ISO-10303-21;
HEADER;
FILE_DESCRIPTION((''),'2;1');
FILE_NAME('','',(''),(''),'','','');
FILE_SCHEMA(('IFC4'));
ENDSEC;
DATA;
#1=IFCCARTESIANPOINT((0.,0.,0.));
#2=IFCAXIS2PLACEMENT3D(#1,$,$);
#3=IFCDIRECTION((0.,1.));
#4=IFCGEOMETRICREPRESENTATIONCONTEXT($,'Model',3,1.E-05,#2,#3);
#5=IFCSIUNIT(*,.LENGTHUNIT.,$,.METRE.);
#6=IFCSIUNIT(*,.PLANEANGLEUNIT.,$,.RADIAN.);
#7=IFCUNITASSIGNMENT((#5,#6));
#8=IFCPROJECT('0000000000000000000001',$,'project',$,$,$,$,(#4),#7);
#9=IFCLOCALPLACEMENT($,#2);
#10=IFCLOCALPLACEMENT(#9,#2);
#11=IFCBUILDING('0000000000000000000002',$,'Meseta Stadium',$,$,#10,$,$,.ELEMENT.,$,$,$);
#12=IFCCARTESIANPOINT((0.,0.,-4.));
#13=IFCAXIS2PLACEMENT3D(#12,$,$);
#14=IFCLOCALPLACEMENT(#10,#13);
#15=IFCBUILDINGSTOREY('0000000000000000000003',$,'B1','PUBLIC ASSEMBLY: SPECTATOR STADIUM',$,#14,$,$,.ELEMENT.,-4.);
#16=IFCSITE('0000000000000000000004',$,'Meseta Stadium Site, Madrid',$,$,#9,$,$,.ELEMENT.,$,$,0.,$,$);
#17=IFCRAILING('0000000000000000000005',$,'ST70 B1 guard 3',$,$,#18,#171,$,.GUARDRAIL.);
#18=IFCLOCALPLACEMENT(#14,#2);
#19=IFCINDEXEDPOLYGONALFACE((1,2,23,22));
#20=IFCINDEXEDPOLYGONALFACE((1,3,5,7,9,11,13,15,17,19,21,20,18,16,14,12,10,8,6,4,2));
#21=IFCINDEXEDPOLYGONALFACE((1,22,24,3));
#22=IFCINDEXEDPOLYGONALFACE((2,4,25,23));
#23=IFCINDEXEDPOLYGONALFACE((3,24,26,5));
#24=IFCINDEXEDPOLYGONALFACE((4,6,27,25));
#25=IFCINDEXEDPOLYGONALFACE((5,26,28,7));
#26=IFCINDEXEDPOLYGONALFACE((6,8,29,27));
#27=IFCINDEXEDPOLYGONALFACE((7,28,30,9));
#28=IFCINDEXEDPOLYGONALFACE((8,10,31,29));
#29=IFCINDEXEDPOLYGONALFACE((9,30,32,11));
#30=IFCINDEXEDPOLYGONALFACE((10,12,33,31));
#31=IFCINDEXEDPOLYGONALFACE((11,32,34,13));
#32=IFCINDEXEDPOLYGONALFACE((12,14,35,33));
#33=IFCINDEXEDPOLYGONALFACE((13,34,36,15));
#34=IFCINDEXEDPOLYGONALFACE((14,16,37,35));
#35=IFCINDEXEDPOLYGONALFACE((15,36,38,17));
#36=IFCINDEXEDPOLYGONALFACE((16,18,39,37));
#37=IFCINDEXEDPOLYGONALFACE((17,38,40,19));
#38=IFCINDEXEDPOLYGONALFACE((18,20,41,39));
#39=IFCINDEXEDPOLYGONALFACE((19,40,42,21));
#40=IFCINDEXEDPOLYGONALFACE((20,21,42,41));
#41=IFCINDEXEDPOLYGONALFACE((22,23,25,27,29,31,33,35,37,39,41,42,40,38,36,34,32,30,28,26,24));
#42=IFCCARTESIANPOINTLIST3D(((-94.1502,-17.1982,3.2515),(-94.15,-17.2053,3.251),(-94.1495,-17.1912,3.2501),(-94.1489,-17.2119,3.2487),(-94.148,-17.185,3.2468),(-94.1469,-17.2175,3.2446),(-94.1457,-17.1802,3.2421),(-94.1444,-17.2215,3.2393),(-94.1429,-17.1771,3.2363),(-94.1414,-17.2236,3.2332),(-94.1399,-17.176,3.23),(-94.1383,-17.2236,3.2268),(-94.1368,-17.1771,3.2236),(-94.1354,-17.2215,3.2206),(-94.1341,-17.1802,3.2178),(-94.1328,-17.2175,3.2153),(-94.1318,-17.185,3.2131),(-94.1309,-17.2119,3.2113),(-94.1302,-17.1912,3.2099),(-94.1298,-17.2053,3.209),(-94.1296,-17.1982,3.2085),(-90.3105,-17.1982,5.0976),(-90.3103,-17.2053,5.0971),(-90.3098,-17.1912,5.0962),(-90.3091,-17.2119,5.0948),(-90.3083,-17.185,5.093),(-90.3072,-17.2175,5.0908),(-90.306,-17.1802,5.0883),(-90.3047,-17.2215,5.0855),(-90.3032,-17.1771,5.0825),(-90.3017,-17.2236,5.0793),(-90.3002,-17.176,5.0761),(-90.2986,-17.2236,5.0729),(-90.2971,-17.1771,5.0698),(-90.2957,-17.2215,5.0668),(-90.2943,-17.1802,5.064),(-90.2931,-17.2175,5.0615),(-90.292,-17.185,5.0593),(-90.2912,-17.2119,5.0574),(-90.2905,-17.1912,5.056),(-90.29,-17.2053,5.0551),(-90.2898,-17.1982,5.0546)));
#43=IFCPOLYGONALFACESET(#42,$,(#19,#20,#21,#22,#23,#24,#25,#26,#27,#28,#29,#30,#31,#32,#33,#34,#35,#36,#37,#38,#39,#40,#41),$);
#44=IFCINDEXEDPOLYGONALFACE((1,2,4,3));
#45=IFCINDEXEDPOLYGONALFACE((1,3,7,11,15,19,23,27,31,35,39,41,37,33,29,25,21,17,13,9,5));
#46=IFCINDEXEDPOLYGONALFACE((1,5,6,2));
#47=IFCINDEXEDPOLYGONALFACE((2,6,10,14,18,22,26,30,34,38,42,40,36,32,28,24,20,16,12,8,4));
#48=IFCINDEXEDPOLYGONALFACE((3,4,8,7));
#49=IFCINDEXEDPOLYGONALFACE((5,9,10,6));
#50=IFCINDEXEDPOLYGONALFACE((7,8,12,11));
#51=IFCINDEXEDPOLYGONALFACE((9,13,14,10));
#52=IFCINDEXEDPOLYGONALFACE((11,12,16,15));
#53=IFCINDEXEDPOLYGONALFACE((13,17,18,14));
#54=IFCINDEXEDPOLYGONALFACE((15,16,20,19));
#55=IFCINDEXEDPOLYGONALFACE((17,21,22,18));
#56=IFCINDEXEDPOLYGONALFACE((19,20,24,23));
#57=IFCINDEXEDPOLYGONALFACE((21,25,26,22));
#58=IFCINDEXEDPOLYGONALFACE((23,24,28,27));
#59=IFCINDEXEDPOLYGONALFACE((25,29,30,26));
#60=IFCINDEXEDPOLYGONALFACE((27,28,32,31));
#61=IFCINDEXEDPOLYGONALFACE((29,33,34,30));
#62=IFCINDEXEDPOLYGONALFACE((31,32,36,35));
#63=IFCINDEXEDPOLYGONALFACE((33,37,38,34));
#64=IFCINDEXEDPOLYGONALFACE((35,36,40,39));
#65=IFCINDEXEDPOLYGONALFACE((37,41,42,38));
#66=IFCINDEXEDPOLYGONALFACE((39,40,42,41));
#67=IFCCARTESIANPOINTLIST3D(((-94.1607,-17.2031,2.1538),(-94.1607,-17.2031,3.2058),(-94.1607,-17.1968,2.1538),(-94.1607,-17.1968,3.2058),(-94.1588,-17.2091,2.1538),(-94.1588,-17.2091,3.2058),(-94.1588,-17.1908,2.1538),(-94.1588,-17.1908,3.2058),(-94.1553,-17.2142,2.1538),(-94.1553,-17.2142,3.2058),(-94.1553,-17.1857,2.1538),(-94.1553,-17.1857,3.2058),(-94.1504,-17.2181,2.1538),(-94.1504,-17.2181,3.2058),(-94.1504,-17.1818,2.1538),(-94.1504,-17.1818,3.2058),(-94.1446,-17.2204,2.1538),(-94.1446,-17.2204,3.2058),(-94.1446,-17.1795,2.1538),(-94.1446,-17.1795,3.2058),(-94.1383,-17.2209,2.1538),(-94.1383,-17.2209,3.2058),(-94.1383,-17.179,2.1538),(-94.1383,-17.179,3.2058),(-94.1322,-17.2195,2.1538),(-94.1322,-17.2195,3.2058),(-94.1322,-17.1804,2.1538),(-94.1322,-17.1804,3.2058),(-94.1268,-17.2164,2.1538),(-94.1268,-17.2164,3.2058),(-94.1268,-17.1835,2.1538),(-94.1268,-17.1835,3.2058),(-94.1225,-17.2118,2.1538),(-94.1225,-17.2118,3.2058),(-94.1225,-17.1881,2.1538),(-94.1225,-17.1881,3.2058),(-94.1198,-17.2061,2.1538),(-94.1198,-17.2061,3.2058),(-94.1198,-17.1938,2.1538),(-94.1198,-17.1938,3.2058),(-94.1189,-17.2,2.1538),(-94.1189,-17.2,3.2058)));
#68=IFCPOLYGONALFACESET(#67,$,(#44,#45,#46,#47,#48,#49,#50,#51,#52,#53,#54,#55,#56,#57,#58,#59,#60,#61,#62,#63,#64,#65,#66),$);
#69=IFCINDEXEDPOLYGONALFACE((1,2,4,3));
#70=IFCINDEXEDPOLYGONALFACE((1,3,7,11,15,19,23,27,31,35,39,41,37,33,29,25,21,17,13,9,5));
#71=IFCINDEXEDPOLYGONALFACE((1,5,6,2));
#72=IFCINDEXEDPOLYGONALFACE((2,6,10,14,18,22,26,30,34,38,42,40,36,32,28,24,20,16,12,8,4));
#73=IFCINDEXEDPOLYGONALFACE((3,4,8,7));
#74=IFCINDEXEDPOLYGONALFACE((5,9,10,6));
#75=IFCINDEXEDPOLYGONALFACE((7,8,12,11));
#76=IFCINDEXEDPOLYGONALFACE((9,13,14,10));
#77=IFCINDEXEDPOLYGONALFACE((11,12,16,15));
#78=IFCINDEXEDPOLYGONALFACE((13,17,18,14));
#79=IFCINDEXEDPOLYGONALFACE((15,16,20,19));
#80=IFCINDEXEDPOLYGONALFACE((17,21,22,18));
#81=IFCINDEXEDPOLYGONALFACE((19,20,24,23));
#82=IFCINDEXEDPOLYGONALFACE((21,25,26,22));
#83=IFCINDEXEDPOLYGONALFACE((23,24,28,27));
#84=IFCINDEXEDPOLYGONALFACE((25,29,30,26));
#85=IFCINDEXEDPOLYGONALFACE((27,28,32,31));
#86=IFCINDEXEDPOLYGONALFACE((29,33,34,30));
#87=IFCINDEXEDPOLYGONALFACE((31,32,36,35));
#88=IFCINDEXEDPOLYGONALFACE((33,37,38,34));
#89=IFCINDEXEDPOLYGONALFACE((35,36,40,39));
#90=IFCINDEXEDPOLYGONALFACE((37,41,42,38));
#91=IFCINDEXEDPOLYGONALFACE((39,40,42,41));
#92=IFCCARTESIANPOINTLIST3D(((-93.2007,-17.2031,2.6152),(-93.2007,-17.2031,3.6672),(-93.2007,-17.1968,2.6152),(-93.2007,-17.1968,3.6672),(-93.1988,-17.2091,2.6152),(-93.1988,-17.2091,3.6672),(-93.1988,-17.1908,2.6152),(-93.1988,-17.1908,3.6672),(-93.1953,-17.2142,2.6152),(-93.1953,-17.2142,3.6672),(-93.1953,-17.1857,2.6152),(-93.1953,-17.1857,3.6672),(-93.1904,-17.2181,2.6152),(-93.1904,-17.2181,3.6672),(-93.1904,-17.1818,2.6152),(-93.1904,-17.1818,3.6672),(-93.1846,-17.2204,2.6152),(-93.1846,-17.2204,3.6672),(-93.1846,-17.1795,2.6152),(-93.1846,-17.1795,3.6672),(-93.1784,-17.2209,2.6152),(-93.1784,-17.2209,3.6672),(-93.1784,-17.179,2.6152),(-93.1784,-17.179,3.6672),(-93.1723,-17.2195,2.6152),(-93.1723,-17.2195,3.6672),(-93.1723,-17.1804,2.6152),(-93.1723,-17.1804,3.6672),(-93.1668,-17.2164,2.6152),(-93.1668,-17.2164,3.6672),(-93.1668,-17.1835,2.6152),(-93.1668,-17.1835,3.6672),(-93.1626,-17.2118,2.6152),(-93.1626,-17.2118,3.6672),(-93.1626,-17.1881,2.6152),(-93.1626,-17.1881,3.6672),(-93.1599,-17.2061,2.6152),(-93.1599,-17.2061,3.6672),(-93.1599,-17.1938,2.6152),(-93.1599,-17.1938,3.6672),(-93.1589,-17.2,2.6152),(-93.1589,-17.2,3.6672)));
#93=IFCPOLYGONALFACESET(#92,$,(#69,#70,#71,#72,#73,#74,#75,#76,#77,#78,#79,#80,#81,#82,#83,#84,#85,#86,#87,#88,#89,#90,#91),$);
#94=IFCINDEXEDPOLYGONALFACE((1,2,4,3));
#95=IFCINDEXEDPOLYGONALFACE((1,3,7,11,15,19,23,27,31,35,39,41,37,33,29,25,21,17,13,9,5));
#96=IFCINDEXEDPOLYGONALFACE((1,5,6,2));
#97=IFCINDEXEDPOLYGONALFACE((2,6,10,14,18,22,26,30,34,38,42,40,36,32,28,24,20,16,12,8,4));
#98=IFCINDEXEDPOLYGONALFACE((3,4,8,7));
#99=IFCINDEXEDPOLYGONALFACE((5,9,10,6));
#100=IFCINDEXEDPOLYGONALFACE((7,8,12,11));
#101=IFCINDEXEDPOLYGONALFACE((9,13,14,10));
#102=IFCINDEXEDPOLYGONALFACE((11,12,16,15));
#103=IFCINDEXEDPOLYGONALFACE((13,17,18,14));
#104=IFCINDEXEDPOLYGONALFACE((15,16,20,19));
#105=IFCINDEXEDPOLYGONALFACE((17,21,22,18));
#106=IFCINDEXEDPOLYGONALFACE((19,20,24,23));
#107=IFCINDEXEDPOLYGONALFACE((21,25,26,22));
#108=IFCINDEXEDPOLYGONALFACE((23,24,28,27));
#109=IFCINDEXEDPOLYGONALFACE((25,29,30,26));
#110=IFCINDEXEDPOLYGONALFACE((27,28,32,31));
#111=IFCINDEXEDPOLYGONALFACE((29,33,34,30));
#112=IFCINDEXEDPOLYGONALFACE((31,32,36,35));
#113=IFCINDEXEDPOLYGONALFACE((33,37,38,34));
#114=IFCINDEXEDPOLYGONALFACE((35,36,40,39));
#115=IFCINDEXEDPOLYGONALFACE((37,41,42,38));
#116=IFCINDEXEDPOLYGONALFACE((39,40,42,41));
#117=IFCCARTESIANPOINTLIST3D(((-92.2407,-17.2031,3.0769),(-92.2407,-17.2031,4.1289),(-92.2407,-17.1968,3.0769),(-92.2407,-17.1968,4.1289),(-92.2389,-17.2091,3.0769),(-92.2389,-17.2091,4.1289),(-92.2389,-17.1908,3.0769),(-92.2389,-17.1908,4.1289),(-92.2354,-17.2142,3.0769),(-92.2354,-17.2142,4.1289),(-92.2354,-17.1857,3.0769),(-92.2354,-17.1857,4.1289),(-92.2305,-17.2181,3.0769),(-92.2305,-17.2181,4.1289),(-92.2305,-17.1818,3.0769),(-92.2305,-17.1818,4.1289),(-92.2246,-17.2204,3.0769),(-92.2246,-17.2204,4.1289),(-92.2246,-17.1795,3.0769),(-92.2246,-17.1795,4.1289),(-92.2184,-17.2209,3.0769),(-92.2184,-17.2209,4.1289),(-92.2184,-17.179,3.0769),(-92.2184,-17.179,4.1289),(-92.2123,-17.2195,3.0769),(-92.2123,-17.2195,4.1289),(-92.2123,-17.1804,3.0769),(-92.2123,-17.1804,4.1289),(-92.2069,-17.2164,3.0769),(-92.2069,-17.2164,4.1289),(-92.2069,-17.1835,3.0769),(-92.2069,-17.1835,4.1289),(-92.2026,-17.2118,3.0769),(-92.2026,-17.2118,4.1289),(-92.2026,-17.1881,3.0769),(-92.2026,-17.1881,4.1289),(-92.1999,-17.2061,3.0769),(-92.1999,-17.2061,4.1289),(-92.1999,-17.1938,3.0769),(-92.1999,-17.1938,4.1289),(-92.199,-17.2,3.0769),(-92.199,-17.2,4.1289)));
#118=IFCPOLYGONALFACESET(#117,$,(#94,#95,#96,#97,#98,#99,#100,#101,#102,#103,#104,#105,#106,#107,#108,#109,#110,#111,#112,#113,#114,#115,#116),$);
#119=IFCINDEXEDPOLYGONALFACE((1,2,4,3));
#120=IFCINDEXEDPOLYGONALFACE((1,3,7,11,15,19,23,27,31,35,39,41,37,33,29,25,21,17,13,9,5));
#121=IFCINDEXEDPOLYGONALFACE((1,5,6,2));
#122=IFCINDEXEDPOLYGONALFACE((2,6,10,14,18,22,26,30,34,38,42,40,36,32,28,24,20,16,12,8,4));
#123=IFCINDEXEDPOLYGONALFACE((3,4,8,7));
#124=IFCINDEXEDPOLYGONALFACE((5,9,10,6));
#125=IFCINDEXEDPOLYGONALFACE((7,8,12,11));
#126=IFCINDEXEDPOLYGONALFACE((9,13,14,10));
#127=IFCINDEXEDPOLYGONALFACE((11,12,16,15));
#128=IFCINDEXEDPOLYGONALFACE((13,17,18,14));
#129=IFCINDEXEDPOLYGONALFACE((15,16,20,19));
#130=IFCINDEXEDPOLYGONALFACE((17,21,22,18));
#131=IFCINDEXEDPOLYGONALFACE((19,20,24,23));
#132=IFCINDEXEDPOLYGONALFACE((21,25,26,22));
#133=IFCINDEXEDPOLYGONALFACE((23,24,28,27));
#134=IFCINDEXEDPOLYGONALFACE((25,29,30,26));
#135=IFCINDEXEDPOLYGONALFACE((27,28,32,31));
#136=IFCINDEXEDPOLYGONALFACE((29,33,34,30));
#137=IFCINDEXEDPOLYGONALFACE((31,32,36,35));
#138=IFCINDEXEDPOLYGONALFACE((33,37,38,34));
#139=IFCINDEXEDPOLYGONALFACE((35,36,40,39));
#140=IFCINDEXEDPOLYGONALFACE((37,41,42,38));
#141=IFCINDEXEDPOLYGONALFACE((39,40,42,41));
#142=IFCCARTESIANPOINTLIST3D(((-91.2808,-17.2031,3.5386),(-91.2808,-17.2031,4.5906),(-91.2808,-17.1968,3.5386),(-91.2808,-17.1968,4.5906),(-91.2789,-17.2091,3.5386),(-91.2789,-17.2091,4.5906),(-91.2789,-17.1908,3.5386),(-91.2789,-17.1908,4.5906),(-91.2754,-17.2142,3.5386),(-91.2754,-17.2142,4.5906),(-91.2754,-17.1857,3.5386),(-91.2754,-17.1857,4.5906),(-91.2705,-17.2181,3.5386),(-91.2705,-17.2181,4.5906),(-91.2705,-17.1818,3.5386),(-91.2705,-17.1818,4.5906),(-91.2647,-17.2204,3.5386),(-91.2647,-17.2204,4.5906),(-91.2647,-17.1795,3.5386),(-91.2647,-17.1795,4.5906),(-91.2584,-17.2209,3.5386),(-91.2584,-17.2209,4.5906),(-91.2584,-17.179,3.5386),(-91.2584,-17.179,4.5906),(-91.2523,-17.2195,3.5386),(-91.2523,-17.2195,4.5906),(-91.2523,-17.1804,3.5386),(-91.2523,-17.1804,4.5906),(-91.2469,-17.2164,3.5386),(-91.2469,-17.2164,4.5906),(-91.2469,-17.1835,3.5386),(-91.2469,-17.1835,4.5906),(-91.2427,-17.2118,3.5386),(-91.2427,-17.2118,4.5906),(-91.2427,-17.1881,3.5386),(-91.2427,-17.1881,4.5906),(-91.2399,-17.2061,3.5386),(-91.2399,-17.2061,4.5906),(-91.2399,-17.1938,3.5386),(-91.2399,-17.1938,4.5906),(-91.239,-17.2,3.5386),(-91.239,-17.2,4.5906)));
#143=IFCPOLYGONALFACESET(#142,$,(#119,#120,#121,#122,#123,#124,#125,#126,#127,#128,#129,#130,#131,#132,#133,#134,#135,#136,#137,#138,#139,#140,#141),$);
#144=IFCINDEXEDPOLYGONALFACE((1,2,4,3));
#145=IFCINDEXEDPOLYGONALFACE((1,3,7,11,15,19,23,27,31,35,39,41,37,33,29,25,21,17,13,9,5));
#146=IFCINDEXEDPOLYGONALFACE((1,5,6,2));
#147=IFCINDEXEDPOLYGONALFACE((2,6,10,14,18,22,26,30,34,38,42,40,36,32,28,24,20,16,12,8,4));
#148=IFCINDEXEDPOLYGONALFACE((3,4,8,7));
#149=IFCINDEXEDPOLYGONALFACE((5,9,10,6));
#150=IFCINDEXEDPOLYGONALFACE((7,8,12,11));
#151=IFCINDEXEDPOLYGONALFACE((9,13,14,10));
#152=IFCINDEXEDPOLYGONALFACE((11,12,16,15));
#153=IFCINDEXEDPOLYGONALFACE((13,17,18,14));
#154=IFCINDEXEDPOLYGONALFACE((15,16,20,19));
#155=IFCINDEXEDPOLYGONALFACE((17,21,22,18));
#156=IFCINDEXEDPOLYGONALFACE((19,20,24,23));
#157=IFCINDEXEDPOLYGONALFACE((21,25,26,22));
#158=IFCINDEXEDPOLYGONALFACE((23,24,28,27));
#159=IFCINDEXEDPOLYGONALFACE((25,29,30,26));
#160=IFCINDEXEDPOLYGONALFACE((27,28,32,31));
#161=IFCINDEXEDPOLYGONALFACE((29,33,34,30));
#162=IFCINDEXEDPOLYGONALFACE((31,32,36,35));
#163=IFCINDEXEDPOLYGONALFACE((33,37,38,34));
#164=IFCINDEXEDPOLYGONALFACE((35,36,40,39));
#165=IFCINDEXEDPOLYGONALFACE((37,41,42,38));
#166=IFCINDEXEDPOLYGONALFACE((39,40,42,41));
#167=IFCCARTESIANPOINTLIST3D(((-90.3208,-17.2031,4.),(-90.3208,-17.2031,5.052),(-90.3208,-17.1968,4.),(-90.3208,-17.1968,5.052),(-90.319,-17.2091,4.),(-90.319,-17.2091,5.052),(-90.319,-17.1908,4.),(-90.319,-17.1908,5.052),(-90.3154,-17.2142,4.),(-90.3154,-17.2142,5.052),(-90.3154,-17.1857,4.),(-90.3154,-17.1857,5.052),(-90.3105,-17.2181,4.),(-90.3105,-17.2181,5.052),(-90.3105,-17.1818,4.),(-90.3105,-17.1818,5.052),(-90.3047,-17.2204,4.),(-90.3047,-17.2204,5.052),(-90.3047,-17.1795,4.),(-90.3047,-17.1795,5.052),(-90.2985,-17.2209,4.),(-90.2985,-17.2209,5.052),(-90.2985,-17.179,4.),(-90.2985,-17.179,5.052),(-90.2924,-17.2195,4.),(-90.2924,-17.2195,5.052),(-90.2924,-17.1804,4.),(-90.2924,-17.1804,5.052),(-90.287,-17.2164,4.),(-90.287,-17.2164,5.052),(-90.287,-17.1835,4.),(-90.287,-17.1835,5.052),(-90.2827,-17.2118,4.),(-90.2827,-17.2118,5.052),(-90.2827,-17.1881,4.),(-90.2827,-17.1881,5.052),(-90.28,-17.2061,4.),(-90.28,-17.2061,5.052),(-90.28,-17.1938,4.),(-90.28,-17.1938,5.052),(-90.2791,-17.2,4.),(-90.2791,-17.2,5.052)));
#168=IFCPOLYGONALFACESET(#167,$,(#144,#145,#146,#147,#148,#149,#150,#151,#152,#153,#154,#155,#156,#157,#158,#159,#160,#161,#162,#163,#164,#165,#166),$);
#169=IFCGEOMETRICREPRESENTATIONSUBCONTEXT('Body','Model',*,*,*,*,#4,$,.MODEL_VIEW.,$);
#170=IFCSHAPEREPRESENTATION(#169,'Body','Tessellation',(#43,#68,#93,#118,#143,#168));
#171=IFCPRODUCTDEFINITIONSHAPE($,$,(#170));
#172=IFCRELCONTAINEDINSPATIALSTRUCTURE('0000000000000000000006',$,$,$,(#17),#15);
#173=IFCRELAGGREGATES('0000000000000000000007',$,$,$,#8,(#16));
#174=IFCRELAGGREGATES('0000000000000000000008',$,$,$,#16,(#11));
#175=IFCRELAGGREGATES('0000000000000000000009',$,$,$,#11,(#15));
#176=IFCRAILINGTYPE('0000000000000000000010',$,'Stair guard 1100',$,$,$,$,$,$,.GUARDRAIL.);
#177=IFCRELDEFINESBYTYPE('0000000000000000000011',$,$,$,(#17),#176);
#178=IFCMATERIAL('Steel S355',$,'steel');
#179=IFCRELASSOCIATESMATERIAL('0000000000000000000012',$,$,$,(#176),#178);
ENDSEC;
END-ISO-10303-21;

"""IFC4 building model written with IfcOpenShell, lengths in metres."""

from ifc_helpers import new_model, si_unit, direction, frame, origin, origin_2d, place, context, subcontext, project, spatial, circle, extrude, material, type_object, element, save


model = new_model("IFC4")

# Units and contexts
model_context = context("Model", 3, precision=1e-05, world=origin(), true_north=direction((0.0, 1.0)))
body_context = subcontext(model_context, "Body", "Model", "MODEL_VIEW")
ifc_project = project(units=[si_unit("LENGTHUNIT", "METRE"), si_unit("PLANEANGLEUNIT", "RADIAN")], contexts=[model_context])

# Site, building, storey
site_placement = place(None, origin())
site = spatial("IfcSite", under=ifc_project, at=site_placement, Name="Meseta Stadium Site, Madrid", CompositionType="ELEMENT", RefElevation=0.0)
building_placement = place(site_placement, origin())
building = spatial("IfcBuilding", under=site, at=building_placement, Name="Meseta Stadium", CompositionType="ELEMENT")
storey_placement = place(building_placement, frame((0.0, 0.0, -4.0)))
storey = spatial("IfcBuildingStorey", under=building, at=storey_placement, Name="B1", Description="PUBLIC ASSEMBLY: SPECTATOR STADIUM", CompositionType="ELEMENT", Elevation=-4.0)

# Railing
ifc_material_1 = material(Name="Steel S355", Category="steel")
railing_type_1 = type_object("IfcRailingType", Name="Stair guard 1100", PredefinedType="GUARDRAIL", material=ifc_material_1)
railing_1_placement = place(storey_placement, frame((-94.1399, -17.2, 2.1538)))
element("IfcRailing", 1, at=railing_1_placement, inside=storey, type_object=railing_type_1, Name="ST70 B1 guard 3", PredefinedType="GUARDRAIL", context=body_context, shape_type="SweptSolid", body=[
    extrude(circle(Radius=0.0239, at=origin_2d()), frame((0.0, 0.0, 1.0762), z_axis=(0.901242, 0.0, 0.433316), x_axis=(0.0, 1.0, 0.0)), (0.0, 0.0, 1.0), 4.2605),
    extrude(circle(Radius=0.021, at=origin_2d()), origin(), (0.0, 0.0, 1.0), 1.052),
    extrude(circle(Radius=0.021, at=origin_2d()), frame((0.96, 0.0, 0.4614)), (0.0, 0.0, 1.0), 1.052),
    extrude(circle(Radius=0.021, at=origin_2d()), frame((1.9199, 0.0, 0.9231)), (0.0, 0.0, 1.0), 1.052),
    extrude(circle(Radius=0.021, at=origin_2d()), frame((2.8799, 0.0, 1.3848)), (0.0, 0.0, 1.0), 1.052),
    extrude(circle(Radius=0.021, at=origin_2d()), frame((3.8398, 0.0, 1.8462)), (0.0, 0.0, 1.0), 1.052),
])

save(model, "model.ifc")
